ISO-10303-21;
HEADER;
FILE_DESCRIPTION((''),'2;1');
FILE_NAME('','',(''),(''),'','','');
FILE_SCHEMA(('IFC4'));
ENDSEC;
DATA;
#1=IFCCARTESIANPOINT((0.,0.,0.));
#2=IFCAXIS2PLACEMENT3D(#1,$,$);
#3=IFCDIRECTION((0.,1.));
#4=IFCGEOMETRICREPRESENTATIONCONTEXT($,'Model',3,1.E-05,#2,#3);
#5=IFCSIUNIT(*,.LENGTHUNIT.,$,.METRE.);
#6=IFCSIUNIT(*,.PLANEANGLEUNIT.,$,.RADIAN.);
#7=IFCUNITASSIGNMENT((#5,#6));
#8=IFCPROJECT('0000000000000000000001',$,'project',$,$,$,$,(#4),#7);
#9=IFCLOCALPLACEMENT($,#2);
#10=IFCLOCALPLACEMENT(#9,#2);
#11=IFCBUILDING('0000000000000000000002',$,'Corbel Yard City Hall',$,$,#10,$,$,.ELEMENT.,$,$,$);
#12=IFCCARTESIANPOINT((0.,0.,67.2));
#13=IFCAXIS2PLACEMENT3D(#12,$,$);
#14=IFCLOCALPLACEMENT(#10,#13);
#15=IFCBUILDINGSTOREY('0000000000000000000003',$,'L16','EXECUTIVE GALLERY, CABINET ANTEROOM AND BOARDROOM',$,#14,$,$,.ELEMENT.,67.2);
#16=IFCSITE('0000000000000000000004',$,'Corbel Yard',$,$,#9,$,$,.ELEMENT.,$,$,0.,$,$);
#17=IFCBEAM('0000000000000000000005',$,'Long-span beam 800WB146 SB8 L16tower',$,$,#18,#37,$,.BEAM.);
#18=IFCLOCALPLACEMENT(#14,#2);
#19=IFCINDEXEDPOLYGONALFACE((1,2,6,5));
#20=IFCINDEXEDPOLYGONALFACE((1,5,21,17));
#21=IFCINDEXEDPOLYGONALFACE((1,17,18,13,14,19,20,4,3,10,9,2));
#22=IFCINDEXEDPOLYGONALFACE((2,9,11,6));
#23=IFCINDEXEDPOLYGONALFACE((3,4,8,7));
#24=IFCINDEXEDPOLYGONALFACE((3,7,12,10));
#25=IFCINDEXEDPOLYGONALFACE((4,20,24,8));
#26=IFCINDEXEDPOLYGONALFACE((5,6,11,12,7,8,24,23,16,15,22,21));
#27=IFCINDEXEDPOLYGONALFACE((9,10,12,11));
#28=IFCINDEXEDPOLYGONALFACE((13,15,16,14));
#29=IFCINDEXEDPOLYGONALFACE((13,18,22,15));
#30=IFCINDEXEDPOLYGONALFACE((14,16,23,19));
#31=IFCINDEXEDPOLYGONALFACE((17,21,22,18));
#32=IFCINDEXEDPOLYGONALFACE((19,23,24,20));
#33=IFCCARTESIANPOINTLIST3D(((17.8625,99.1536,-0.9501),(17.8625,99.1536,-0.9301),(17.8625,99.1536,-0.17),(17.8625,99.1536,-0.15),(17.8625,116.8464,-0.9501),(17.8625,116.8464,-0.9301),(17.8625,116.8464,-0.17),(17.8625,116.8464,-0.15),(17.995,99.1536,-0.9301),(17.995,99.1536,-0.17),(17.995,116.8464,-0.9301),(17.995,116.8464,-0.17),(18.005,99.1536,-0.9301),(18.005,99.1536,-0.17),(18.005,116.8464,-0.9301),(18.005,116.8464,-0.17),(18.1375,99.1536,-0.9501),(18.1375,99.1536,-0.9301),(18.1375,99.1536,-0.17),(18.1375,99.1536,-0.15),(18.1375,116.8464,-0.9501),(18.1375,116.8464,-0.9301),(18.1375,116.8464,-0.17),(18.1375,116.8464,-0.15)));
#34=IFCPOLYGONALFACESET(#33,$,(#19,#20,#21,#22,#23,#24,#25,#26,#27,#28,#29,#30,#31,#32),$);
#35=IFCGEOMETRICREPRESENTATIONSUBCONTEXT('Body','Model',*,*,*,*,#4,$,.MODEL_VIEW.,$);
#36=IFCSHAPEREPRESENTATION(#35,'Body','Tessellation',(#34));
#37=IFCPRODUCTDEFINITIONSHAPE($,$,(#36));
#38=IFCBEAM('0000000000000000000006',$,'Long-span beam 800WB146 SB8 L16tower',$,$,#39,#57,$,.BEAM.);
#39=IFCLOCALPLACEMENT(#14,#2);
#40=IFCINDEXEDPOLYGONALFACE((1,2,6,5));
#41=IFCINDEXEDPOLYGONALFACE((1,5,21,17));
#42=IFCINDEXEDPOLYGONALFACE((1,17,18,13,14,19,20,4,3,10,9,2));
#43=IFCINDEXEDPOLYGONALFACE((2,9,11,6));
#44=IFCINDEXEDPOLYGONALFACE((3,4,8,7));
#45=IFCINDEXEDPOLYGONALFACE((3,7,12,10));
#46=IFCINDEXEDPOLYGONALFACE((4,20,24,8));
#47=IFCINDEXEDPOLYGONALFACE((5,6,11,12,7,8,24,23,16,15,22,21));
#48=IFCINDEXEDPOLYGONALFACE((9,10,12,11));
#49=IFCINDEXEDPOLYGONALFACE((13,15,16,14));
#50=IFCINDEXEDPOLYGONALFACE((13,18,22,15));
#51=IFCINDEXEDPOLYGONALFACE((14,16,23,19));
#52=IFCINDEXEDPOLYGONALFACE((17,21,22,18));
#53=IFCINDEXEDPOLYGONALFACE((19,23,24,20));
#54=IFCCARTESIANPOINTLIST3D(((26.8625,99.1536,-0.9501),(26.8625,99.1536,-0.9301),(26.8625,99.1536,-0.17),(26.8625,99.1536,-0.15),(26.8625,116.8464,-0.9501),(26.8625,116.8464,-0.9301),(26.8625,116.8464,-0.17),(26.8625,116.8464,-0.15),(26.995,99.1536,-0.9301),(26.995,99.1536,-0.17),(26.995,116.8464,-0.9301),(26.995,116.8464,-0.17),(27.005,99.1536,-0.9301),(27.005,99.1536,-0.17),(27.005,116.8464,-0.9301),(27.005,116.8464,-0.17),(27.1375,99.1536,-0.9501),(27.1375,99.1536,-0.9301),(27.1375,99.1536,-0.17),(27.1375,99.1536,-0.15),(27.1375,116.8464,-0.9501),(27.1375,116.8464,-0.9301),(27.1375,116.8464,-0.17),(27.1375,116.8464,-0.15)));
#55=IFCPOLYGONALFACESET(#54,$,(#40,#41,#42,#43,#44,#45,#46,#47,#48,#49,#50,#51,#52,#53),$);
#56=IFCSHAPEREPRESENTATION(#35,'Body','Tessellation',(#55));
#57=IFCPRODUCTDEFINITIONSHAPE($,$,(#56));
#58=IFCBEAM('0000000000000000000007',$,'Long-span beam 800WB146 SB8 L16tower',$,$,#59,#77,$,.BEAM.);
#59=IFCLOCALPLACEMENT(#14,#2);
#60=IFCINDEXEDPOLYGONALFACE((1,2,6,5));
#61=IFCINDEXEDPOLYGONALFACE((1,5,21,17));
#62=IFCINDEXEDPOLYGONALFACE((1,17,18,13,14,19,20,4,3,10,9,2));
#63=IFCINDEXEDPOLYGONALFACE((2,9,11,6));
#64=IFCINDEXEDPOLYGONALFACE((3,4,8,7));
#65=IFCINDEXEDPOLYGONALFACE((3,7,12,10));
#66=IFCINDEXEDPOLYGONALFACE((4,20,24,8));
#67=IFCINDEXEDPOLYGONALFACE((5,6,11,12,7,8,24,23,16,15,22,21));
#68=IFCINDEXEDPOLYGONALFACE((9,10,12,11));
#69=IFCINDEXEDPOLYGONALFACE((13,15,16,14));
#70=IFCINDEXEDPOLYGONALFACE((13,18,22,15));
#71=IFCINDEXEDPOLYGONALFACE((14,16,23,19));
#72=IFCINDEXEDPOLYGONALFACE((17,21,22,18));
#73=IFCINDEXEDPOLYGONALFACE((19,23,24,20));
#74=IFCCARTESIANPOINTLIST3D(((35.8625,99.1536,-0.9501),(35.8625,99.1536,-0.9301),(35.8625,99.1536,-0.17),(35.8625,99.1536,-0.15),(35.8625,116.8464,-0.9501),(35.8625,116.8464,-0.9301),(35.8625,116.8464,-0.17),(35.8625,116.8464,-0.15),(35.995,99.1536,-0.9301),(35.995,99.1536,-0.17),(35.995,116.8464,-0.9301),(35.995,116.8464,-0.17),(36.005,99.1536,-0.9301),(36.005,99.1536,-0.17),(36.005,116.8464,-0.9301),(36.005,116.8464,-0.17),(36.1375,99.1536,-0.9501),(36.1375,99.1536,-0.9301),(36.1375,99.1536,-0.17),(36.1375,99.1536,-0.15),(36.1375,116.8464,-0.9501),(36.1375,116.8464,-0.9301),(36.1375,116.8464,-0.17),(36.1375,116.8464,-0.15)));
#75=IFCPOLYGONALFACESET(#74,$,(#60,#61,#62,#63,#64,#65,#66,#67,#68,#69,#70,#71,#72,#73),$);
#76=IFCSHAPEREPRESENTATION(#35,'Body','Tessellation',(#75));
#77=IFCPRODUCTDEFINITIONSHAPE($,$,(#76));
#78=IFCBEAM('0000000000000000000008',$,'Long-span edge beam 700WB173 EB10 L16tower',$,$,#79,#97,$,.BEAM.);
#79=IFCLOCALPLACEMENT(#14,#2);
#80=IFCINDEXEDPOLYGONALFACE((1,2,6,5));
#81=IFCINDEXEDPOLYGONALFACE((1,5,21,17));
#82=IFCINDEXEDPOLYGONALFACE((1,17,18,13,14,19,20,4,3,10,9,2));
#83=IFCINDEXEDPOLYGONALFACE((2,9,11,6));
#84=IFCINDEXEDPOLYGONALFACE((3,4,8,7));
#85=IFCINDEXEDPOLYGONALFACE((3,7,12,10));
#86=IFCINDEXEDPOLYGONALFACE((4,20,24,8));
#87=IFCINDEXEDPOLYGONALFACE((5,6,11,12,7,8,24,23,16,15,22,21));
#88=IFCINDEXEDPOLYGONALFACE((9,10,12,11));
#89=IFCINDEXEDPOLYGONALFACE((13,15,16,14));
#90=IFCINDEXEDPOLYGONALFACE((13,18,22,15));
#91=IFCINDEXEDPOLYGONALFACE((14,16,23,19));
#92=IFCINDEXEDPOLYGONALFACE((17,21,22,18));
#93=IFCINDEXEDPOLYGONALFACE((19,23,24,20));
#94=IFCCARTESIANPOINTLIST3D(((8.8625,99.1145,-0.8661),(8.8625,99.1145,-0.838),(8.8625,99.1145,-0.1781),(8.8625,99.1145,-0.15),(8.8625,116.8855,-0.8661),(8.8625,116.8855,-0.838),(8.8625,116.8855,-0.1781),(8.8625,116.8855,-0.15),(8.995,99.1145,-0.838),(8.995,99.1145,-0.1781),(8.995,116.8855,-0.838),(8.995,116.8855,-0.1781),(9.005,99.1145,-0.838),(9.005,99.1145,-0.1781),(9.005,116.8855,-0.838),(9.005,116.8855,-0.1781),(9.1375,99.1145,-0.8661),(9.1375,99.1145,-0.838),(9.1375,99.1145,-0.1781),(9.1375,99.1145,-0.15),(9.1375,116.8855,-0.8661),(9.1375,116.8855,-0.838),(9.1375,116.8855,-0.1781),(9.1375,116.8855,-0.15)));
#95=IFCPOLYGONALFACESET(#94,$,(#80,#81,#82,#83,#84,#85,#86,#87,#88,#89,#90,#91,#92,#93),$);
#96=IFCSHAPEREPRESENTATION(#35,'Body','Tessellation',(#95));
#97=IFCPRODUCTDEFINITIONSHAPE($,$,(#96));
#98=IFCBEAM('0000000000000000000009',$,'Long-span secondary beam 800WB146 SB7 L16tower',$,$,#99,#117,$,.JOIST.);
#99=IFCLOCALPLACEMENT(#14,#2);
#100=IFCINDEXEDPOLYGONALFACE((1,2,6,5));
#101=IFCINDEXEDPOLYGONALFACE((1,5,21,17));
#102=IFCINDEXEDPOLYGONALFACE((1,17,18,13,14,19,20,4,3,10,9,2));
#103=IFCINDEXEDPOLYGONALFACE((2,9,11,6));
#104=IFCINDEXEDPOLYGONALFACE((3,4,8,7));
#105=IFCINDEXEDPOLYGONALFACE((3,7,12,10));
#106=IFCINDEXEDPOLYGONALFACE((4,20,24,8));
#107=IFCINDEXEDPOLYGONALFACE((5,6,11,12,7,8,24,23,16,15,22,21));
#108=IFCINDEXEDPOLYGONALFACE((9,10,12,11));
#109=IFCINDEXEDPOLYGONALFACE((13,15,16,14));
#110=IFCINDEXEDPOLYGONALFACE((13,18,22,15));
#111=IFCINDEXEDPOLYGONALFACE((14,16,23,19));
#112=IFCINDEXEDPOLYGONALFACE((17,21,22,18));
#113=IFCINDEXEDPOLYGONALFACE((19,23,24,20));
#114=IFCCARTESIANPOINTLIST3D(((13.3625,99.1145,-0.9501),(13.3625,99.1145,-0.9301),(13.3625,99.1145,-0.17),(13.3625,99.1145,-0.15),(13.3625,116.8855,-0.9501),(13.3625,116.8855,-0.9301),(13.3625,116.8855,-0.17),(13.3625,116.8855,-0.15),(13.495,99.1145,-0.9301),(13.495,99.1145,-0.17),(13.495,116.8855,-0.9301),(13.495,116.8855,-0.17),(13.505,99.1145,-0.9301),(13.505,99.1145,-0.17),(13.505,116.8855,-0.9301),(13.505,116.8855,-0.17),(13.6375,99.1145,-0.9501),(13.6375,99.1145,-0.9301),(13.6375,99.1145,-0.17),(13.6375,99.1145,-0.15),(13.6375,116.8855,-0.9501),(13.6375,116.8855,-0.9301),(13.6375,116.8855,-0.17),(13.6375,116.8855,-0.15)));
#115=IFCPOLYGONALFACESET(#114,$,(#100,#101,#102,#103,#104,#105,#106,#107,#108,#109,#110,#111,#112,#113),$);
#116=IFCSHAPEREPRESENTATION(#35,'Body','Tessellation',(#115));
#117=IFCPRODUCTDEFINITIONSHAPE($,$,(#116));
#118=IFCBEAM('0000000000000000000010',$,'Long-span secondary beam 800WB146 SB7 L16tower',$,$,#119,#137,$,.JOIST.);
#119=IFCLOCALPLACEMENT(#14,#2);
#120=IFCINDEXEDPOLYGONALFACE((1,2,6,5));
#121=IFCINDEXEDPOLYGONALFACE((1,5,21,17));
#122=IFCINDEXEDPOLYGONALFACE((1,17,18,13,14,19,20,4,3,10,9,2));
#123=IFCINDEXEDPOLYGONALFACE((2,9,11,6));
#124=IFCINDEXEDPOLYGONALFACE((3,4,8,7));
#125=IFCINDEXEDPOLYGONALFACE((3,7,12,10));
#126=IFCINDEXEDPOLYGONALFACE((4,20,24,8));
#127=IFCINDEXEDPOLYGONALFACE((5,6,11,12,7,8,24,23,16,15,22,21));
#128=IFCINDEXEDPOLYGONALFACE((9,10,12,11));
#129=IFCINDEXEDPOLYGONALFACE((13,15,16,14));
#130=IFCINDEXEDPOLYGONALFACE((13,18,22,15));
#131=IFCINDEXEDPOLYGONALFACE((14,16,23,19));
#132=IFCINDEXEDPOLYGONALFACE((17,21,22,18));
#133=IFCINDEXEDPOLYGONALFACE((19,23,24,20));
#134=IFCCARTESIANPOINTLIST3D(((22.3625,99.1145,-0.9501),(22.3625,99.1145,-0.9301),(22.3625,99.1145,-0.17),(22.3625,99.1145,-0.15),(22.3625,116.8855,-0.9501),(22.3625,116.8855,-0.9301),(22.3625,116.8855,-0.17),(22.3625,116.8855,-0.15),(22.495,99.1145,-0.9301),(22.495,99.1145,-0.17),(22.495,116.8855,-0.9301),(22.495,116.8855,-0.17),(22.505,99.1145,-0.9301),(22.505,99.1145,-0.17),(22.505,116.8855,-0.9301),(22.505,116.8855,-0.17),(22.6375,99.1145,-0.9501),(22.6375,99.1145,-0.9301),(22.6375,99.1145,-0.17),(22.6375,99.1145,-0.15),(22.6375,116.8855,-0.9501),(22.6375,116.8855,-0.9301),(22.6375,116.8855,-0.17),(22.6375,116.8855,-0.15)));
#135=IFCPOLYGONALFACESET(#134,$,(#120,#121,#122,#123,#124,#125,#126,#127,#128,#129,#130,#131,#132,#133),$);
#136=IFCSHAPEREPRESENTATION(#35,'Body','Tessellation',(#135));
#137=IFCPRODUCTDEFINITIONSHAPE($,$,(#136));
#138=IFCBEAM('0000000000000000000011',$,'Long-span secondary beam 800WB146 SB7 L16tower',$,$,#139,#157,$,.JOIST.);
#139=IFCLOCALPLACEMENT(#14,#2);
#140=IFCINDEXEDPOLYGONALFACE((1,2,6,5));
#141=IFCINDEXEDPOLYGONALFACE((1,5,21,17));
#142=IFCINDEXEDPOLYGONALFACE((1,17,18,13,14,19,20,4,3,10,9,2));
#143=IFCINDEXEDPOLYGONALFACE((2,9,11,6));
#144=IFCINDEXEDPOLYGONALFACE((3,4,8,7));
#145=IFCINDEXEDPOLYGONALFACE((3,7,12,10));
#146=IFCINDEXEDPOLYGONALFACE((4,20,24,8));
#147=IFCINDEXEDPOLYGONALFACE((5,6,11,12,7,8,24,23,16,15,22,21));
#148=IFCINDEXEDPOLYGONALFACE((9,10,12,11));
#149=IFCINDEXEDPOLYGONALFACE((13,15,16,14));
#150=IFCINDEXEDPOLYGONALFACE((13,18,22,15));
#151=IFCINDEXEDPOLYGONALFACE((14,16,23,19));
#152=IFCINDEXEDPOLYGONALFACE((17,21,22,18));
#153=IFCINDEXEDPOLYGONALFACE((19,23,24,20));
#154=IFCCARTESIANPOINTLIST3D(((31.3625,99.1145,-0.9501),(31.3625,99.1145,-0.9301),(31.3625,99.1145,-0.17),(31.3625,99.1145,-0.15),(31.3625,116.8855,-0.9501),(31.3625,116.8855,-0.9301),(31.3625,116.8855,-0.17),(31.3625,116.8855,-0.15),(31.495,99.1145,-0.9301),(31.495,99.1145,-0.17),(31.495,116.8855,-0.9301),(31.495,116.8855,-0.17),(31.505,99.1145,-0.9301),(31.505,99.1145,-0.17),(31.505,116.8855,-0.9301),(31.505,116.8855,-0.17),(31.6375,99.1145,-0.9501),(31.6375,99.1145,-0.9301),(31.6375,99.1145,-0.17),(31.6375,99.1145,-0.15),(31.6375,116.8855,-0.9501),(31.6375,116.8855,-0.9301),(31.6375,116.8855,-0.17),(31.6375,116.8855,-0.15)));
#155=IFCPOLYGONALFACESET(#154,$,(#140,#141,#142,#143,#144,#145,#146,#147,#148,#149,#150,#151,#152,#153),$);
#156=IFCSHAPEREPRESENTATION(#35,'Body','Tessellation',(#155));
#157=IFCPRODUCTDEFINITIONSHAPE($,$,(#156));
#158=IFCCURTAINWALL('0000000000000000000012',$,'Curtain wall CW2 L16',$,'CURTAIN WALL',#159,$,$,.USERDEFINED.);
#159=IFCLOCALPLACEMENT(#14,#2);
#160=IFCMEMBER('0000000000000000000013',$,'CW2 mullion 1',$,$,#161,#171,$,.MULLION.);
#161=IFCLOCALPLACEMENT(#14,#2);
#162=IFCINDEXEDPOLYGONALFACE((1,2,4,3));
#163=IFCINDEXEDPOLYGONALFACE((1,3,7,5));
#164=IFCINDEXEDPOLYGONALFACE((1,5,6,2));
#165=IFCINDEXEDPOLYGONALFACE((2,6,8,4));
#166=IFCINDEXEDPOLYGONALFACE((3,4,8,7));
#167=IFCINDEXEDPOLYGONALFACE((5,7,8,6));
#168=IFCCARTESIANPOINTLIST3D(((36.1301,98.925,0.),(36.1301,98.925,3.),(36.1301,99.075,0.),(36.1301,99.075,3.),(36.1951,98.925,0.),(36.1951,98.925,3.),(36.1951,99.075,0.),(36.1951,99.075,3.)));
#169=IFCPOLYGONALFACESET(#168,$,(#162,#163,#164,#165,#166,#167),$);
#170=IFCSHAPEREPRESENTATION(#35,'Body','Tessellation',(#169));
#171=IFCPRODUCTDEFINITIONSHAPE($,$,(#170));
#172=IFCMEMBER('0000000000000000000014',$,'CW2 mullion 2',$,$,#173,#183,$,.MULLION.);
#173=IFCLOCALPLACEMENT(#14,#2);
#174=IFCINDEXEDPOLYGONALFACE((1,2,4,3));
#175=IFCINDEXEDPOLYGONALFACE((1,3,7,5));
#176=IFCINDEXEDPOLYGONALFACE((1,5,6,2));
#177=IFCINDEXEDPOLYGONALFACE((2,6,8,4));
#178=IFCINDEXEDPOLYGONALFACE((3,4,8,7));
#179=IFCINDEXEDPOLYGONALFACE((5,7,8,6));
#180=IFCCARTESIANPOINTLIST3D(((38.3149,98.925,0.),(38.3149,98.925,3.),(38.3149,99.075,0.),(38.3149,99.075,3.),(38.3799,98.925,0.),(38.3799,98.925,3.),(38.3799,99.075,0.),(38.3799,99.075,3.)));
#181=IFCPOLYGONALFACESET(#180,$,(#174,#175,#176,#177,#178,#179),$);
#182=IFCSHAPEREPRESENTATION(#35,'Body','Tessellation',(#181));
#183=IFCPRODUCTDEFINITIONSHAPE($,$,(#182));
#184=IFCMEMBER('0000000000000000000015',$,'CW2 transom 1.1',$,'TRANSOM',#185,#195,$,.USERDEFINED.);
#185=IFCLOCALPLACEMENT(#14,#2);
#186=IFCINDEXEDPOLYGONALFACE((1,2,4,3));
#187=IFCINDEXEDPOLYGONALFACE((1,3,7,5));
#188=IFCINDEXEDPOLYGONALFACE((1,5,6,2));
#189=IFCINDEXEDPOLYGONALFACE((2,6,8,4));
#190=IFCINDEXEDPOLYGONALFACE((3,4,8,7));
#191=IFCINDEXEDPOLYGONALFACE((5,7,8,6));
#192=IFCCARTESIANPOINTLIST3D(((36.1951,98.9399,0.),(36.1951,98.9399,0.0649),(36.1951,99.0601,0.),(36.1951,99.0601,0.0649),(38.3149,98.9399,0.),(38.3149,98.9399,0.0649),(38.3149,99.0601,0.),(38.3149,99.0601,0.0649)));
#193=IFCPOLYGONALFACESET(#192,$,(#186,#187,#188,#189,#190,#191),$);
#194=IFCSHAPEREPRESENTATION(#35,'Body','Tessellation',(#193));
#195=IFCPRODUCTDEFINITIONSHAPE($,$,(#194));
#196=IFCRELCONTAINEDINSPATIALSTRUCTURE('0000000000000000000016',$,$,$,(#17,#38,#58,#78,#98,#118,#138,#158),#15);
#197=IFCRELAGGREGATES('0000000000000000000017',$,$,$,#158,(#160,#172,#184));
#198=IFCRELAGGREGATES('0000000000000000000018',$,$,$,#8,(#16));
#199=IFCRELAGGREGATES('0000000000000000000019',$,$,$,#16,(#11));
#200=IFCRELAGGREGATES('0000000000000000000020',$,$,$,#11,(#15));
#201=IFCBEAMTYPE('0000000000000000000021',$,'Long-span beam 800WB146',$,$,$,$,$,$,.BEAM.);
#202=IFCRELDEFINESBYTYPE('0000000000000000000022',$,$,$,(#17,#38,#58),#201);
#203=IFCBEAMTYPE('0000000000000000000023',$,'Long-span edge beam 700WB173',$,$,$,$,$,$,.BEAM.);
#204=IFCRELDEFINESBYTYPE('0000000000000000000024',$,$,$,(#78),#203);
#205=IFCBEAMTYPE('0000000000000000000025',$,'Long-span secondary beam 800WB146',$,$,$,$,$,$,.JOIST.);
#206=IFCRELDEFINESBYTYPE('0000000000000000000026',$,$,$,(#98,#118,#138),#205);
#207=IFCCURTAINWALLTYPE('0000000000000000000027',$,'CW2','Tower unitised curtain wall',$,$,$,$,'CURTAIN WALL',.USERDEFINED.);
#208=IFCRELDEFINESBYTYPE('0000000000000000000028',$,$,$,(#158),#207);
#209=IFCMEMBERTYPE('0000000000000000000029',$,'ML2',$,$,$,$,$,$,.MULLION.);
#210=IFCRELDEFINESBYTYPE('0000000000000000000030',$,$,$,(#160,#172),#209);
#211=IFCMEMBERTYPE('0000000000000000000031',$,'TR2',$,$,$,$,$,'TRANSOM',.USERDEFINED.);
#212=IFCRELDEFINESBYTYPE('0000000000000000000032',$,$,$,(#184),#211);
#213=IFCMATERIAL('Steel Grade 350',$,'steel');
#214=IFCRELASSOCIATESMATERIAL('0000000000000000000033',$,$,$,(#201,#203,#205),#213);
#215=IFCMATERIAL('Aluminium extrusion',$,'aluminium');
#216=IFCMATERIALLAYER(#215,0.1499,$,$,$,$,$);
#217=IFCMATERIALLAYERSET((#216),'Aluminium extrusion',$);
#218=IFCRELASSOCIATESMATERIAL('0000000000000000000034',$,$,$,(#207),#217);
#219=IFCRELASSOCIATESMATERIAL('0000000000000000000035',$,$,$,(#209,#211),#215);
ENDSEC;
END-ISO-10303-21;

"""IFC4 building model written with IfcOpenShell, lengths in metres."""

from ifc_helpers import new_model, si_unit, direction, frame, origin, origin_2d, place, context, subcontext, project, spatial, rectangle, i_section, extrude, material, layer, layer_set, material_profile, profile_set, type_object, element, aggregate, save


model = new_model("IFC4")

# Units and contexts
model_context = context("Model", 3, precision=1e-05, world=origin(), true_north=direction((0.0, 1.0)))
body_context = subcontext(model_context, "Body", "Model", "MODEL_VIEW")
ifc_project = project(units=[si_unit("LENGTHUNIT", "METRE"), si_unit("PLANEANGLEUNIT", "RADIAN")], contexts=[model_context])

# Site, building, storey
site_placement = place(None, origin())
site = spatial("IfcSite", under=ifc_project, at=site_placement, Name="Corbel Yard", CompositionType="ELEMENT", RefElevation=0.0)
building_placement = place(site_placement, origin())
building = spatial("IfcBuilding", under=site, at=building_placement, Name="Corbel Yard City Hall", CompositionType="ELEMENT")
storey_placement = place(building_placement, frame((0.0, 0.0, 67.2)))
storey = spatial("IfcBuildingStorey", under=building, at=storey_placement, Name="L16", Description="EXECUTIVE GALLERY, CABINET ANTEROOM AND BOARDROOM", CompositionType="ELEMENT", Elevation=67.2)

# Beams
ifc_material_1 = material(Name="Steel Grade 350", Category="steel")
ifc_material_profile_1 = material_profile(ifc_material_1, i_section(OverallWidth=0.2749, OverallDepth=0.8, WebThickness=0.01, FlangeThickness=0.02, at=origin_2d()), Name="800WB146")
ifc_profile_set_1 = profile_set([ifc_material_profile_1], Name="Steel Grade 350")
beam_type_1 = type_object("IfcBeamType", Name="Long-span beam 800WB146", PredefinedType="BEAM", material=ifc_profile_set_1)
for number, where, z_axis, x_axis, name in (
    (1, (18.0, 99.1536, -0.55), (0.0, 1.0, 0.0), (-1.0, 0.0, 0.0), "Long-span beam 800WB146 SB8 L16tower"),
    (2, (27.0, 99.1536, -0.55), (0.0, 1.0, 0.0), (-1.0, 0.0, 0.0), "Long-span beam 800WB146 SB8 L16tower"),
    (3, (36.0, 99.1536, -0.55), (0.0, 1.0, 0.0), (-1.0, 0.0, 0.0), "Long-span beam 800WB146 SB8 L16tower"),
):
    element("IfcBeam", number, at=place(storey_placement, frame(where, z_axis=z_axis, x_axis=x_axis)), inside=storey, type_object=beam_type_1, Name=name, PredefinedType="BEAM", context=body_context, shape_type="SweptSolid", body=[
        extrude(i_section(OverallWidth=0.2749, OverallDepth=0.8, WebThickness=0.01, FlangeThickness=0.02, at=origin_2d()), origin(), (0.0, 0.0, 1.0), 17.6929),
    ])
ifc_material_profile_2 = material_profile(ifc_material_1, i_section(OverallWidth=0.2749, OverallDepth=0.7161, WebThickness=0.01, FlangeThickness=0.0281, at=origin_2d()), Name="700WB173")
ifc_profile_set_2 = profile_set([ifc_material_profile_2], Name="Steel Grade 350")
beam_type_2 = type_object("IfcBeamType", Name="Long-span edge beam 700WB173", PredefinedType="BEAM", material=ifc_profile_set_2)
beam_placement = place(storey_placement, frame((9.0, 99.1145, -0.5081), z_axis=(0.0, 1.0, 0.0), x_axis=(-1.0, 0.0, 0.0)))
element("IfcBeam", 4, at=beam_placement, inside=storey, type_object=beam_type_2, Name="Long-span edge beam 700WB173 EB10 L16tower", PredefinedType="BEAM", context=body_context, shape_type="SweptSolid", body=[
    extrude(i_section(OverallWidth=0.2749, OverallDepth=0.7161, WebThickness=0.01, FlangeThickness=0.0281, at=origin_2d()), origin(), (0.0, 0.0, 1.0), 17.771),
])
ifc_material_profile_3 = material_profile(ifc_material_1, i_section(OverallWidth=0.2749, OverallDepth=0.8, WebThickness=0.01, FlangeThickness=0.02, at=origin_2d()), Name="800WB146")
ifc_profile_set_3 = profile_set([ifc_material_profile_3], Name="Steel Grade 350")
beam_type_3 = type_object("IfcBeamType", Name="Long-span secondary beam 800WB146", PredefinedType="JOIST", material=ifc_profile_set_3)
for number, where, z_axis, x_axis, name in (
    (5, (13.5, 99.1145, -0.55), (0.0, 1.0, 0.0), (-1.0, 0.0, 0.0), "Long-span secondary beam 800WB146 SB7 L16tower"),
    (6, (22.5, 99.1145, -0.55), (0.0, 1.0, 0.0), (-1.0, 0.0, 0.0), "Long-span secondary beam 800WB146 SB7 L16tower"),
    (7, (31.5, 99.1145, -0.55), (0.0, 1.0, 0.0), (-1.0, 0.0, 0.0), "Long-span secondary beam 800WB146 SB7 L16tower"),
):
    element("IfcBeam", number, at=place(storey_placement, frame(where, z_axis=z_axis, x_axis=x_axis)), inside=storey, type_object=beam_type_3, Name=name, PredefinedType="JOIST", context=body_context, shape_type="SweptSolid", body=[
        extrude(i_section(OverallWidth=0.2749, OverallDepth=0.8, WebThickness=0.01, FlangeThickness=0.02, at=origin_2d()), origin(), (0.0, 0.0, 1.0), 17.771),
    ])

# Curtain wall, members
ifc_material_2 = material(Name="Aluminium extrusion", Category="aluminium")
ifc_layer_1 = layer(ifc_material_2, 0.1499)
ifc_layer_set_1 = layer_set([ifc_layer_1], Name="Aluminium extrusion")
curtain_wall_type = type_object("IfcCurtainWallType", Name="CW2", Description="Tower unitised curtain wall", ElementType="CURTAIN WALL", PredefinedType="USERDEFINED", material=ifc_layer_set_1)
curtain_wall_placement = place(storey_placement, origin())
curtain_wall = element("IfcCurtainWall", 8, at=curtain_wall_placement, inside=storey, type_object=curtain_wall_type, Name="Curtain wall CW2 L16", ObjectType="CURTAIN WALL", PredefinedType="USERDEFINED")
ifc_material_profile_4 = material_profile(ifc_material_2, rectangle(XDim=0.1499, YDim=0.0649, at=origin_2d()), Name="150x65")
ifc_profile_set_4 = profile_set([ifc_material_profile_4], Name="Aluminium extrusion")
member_type_1 = type_object("IfcMemberType", Name="ML2", PredefinedType="MULLION", material=ifc_profile_set_4)
member_1_placement = place(storey_placement, frame((36.1626, 99.0, 0.0), z_axis=(0.0, 0.0, 1.0), x_axis=(0.0, 1.0, 0.0)))
member_1 = element("IfcMember", 9, at=member_1_placement, type_object=member_type_1, Name="CW2 mullion 1", PredefinedType="MULLION", context=body_context, shape_type="SweptSolid", body=[
    extrude(rectangle(XDim=0.1499, YDim=0.0649, at=origin_2d()), origin(), (0.0, 0.0, 1.0), 3.0),
])
member_2_placement = place(storey_placement, frame((38.3474, 99.0, 0.0), z_axis=(0.0, 0.0, 1.0), x_axis=(0.0, 1.0, 0.0)))
member_2 = element("IfcMember", 10, at=member_2_placement, type_object=member_type_1, Name="CW2 mullion 2", PredefinedType="MULLION", context=body_context, shape_type="SweptSolid", body=[
    extrude(rectangle(XDim=0.1499, YDim=0.0649, at=origin_2d()), origin(), (0.0, 0.0, 1.0), 3.0),
])
ifc_material_profile_5 = material_profile(ifc_material_2, rectangle(XDim=0.1201, YDim=0.0649, at=origin_2d()), Name="120x65")
ifc_profile_set_5 = profile_set([ifc_material_profile_5], Name="Aluminium extrusion")
member_type_2 = type_object("IfcMemberType", Name="TR2", ElementType="TRANSOM", PredefinedType="USERDEFINED", material=ifc_profile_set_5)
member_3_placement = place(storey_placement, frame((36.1951, 99.0, 0.0325), z_axis=(1.0, 0.0, 0.0), x_axis=(0.0, 1.0, 0.0)))
member_3 = element("IfcMember", 11, at=member_3_placement, type_object=member_type_2, Name="CW2 transom 1.1", ObjectType="TRANSOM", PredefinedType="USERDEFINED", context=body_context, shape_type="SweptSolid", body=[
    extrude(rectangle(XDim=0.1201, YDim=0.0649, at=origin_2d()), origin(), (0.0, 0.0, 1.0), 2.1199),
])
aggregate(curtain_wall, [member_1, member_2, member_3])

save(model, "model.ifc")
